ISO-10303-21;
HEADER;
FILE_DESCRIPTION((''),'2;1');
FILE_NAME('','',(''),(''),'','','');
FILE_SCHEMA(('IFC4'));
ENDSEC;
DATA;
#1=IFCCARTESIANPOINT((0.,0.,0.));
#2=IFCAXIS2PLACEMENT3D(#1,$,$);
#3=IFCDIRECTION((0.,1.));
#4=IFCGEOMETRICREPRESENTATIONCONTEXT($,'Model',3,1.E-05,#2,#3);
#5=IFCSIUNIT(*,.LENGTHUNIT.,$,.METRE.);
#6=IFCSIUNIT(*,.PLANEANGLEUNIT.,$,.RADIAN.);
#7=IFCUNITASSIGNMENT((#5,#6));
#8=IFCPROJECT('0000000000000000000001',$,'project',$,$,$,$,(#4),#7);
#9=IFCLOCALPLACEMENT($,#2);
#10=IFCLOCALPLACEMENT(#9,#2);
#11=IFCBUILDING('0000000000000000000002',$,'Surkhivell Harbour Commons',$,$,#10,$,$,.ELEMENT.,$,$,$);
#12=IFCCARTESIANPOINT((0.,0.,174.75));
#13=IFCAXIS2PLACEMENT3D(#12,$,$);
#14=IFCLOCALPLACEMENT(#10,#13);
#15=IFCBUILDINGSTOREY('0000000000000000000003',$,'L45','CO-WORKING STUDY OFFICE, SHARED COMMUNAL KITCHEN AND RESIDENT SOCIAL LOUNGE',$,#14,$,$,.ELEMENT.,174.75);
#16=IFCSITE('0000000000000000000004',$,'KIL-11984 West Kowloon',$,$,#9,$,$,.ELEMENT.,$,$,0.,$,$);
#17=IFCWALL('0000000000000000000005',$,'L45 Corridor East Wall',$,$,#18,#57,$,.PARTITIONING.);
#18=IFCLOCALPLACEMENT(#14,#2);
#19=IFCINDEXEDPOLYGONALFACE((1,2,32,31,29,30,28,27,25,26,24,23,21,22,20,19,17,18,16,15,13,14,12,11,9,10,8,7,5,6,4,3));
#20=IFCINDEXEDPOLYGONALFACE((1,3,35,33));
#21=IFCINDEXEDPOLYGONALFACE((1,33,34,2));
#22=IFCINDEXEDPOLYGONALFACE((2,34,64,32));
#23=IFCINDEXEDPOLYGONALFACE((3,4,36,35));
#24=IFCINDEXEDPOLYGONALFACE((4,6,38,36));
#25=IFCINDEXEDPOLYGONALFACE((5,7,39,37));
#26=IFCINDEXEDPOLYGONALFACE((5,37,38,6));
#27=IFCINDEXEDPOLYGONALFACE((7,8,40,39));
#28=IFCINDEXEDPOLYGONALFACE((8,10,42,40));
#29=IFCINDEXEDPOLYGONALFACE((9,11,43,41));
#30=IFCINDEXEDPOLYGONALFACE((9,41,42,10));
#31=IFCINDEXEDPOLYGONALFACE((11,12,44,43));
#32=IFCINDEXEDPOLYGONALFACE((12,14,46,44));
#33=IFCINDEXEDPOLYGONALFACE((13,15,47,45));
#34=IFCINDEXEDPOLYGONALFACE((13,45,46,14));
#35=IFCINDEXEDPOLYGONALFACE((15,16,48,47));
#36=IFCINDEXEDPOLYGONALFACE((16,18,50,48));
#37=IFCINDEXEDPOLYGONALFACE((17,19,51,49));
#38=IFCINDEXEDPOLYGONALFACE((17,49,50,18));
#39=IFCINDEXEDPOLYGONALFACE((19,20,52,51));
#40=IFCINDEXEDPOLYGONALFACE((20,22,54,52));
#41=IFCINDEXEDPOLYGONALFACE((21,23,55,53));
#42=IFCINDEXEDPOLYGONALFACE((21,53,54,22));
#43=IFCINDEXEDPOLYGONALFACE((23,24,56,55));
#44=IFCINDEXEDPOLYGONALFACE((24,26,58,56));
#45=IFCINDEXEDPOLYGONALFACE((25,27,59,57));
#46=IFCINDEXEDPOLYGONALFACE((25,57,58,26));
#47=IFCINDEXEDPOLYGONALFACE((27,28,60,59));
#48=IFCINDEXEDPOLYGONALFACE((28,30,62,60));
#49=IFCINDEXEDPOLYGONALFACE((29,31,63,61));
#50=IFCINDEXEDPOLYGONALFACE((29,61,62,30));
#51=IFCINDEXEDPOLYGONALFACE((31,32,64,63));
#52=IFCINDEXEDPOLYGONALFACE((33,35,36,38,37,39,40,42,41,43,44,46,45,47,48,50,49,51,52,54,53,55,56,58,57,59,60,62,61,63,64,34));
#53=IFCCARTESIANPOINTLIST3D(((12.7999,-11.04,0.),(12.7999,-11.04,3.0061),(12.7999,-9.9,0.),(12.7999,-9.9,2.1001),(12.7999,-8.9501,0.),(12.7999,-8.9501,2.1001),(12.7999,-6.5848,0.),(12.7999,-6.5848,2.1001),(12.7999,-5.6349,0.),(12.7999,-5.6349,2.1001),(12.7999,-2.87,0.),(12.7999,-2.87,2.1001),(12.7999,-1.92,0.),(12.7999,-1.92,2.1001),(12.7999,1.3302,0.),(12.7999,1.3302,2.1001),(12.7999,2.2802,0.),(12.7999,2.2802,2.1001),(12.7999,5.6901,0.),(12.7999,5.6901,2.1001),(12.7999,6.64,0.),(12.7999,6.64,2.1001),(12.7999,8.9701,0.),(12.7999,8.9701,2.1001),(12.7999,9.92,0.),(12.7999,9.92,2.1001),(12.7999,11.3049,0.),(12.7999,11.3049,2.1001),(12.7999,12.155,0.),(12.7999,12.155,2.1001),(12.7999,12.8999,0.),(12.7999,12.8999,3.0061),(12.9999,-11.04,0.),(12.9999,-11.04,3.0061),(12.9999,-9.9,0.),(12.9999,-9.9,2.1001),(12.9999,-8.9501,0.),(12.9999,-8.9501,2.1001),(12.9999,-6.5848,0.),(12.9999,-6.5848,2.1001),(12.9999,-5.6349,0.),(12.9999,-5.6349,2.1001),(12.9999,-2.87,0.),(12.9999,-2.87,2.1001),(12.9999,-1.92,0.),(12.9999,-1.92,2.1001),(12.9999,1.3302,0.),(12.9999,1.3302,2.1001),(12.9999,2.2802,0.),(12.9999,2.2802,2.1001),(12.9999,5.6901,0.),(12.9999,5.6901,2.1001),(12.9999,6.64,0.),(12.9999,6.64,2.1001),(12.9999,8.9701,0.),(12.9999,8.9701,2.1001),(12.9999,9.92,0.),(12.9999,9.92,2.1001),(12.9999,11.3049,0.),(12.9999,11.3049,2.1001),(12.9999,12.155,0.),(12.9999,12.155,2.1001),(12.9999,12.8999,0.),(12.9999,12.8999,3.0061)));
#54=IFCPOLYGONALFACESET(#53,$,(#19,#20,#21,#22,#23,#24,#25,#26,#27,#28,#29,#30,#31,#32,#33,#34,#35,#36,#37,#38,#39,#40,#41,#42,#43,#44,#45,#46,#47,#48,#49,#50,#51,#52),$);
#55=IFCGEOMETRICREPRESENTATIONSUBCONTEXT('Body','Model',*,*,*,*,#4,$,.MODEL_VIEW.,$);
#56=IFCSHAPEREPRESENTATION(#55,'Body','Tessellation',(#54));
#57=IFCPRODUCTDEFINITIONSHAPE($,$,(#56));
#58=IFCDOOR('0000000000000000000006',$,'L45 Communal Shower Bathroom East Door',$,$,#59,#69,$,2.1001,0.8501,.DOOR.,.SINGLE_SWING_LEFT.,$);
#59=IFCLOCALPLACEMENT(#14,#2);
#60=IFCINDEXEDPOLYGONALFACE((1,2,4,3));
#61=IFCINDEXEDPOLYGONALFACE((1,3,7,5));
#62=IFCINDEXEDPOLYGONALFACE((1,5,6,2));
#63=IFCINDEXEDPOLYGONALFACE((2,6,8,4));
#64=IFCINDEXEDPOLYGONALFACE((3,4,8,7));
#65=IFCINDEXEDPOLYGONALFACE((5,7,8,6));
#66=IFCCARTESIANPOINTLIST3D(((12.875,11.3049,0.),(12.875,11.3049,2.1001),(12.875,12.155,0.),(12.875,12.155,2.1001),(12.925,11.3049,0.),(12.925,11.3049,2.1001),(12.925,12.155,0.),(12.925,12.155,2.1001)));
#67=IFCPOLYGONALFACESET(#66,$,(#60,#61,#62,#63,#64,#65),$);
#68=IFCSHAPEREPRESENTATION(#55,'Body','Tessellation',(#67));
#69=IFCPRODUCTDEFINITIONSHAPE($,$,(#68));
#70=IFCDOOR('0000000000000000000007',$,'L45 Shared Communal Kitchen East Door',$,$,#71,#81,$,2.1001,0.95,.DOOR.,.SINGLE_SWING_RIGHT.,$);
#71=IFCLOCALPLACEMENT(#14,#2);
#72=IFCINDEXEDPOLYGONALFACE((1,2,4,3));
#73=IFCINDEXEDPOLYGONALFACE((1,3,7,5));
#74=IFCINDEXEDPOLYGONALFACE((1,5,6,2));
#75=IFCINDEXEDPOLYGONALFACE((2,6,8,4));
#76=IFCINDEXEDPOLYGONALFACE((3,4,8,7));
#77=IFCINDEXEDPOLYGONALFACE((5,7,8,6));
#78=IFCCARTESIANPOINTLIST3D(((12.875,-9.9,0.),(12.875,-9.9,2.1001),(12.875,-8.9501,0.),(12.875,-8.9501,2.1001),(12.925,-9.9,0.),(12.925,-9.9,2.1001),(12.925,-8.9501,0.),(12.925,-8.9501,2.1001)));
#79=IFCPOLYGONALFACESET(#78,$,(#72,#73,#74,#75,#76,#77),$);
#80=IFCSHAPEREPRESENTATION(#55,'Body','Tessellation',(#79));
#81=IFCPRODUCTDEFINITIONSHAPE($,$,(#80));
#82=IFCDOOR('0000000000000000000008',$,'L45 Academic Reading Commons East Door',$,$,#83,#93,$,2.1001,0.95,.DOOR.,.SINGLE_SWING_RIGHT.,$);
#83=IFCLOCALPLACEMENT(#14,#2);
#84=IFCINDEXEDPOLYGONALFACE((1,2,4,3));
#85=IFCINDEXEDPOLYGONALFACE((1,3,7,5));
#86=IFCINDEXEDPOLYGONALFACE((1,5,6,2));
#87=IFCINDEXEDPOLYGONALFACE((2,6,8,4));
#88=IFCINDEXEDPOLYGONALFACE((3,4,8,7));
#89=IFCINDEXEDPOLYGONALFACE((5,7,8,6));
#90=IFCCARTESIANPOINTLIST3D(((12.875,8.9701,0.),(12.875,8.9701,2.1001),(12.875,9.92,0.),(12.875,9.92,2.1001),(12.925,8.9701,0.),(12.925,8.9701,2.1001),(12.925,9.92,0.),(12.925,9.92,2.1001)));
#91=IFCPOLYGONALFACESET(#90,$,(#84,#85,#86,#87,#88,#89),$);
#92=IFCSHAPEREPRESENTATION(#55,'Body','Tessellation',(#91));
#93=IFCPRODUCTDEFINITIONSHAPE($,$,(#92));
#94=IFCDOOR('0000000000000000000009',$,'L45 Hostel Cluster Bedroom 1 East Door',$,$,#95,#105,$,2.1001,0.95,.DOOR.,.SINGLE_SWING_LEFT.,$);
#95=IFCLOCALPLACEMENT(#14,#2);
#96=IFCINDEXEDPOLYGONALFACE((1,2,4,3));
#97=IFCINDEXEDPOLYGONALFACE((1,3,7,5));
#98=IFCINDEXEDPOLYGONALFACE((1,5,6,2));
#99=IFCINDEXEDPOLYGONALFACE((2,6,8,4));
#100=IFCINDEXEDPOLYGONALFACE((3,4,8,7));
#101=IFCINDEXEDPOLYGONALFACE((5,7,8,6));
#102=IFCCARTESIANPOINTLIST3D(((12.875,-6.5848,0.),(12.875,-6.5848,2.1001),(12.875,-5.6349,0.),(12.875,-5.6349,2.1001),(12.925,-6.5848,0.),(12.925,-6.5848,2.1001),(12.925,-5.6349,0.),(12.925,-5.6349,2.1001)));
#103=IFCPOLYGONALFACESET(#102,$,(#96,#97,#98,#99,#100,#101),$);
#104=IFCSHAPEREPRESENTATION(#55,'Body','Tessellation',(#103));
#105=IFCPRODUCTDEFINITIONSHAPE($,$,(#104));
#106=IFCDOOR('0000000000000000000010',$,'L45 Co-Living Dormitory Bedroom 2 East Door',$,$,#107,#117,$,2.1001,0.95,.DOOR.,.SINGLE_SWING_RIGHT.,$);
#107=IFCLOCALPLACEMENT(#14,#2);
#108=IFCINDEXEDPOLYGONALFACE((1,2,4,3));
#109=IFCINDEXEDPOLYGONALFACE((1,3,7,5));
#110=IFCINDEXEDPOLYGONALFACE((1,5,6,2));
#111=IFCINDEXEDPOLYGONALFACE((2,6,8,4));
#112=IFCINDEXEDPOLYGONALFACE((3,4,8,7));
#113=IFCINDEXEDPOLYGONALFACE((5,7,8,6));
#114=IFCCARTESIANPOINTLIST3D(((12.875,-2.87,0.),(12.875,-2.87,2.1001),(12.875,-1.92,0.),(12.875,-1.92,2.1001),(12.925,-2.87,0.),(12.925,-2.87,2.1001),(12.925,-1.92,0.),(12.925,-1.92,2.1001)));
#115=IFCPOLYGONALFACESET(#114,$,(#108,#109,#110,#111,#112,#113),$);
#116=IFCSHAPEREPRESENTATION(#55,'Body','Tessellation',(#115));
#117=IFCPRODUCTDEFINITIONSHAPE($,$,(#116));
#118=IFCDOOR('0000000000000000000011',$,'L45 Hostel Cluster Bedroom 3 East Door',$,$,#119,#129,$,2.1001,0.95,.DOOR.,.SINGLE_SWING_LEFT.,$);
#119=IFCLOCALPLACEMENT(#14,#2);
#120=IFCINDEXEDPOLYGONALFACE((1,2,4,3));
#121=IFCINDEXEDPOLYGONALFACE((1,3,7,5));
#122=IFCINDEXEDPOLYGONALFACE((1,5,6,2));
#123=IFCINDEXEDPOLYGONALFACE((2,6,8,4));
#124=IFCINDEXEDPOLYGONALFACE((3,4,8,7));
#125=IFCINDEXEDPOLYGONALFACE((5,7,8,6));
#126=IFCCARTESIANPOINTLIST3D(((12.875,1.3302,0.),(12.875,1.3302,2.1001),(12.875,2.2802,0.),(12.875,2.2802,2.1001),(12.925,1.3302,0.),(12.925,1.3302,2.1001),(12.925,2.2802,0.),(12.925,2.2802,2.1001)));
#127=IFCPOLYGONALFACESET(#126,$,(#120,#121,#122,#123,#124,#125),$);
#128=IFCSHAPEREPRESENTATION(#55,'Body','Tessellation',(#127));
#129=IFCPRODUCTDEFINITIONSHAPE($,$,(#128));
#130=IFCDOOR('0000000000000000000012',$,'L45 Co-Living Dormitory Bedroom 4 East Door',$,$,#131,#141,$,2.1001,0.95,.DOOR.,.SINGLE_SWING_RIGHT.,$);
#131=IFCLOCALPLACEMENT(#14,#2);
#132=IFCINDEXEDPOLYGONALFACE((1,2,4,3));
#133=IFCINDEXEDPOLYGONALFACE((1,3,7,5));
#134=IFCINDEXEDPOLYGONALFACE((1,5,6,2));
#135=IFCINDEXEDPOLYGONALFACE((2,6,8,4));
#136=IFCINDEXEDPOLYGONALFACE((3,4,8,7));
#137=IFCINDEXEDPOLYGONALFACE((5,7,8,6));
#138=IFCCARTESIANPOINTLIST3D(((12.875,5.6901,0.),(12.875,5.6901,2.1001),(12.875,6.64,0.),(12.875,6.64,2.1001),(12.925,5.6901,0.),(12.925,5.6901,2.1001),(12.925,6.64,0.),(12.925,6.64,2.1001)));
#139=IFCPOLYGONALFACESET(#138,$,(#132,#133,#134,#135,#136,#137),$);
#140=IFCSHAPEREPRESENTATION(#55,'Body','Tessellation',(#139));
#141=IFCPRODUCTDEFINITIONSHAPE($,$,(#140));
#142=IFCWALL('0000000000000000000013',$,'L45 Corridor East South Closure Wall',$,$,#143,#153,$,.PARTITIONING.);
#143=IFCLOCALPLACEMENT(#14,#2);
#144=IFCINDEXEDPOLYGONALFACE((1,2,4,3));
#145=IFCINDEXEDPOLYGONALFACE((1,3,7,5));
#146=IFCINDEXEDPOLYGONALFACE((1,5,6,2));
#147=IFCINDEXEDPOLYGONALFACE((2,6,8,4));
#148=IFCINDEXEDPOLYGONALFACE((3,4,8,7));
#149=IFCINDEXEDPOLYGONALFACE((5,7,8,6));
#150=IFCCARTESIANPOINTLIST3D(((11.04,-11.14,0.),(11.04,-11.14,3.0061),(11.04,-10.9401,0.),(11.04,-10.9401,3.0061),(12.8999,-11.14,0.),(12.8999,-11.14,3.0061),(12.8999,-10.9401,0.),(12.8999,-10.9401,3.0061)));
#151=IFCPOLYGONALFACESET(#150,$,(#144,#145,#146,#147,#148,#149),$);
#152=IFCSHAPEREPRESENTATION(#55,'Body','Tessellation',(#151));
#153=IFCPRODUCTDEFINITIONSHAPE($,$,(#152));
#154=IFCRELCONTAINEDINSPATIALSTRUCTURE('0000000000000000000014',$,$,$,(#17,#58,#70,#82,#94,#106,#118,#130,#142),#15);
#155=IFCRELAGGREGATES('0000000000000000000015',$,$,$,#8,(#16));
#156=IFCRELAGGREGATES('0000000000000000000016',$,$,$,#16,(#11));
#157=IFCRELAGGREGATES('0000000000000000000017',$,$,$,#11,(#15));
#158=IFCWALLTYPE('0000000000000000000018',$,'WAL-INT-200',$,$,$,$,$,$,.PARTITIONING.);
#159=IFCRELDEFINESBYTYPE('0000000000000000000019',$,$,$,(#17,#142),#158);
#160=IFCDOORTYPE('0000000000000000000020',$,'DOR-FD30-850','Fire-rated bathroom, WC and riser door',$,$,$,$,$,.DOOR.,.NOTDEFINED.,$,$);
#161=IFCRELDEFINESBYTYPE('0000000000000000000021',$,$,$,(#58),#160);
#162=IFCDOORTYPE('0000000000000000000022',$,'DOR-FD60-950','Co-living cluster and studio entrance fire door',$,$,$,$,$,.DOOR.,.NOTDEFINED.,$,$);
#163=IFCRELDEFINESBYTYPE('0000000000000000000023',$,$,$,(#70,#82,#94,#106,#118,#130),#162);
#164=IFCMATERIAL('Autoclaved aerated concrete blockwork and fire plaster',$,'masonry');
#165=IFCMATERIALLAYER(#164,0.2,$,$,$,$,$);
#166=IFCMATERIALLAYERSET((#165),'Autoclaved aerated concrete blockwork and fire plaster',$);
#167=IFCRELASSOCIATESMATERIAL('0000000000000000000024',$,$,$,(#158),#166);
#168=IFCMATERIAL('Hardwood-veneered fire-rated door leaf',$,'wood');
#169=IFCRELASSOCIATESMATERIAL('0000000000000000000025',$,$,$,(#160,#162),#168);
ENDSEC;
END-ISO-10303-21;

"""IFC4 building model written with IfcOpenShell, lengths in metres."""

from ifc_helpers import new_model, si_unit, direction, frame, frame_2d, origin, place, context, subcontext, project, spatial, rectangle, extrude, material, layer, layer_set, type_object, element, fill, save


model = new_model("IFC4")

# Units and contexts
model_context = context("Model", 3, precision=1e-05, world=origin(), true_north=direction((0.0, 1.0)))
body_context = subcontext(model_context, "Body", "Model", "MODEL_VIEW")
ifc_project = project(units=[si_unit("LENGTHUNIT", "METRE"), si_unit("PLANEANGLEUNIT", "RADIAN")], contexts=[model_context])

# Site, building, storey
site_placement = place(None, origin())
site = spatial("IfcSite", under=ifc_project, at=site_placement, Name="KIL-11984 West Kowloon", CompositionType="ELEMENT", RefElevation=0.0)
building_placement = place(site_placement, origin())
building = spatial("IfcBuilding", under=site, at=building_placement, Name="Surkhivell Harbour Commons", CompositionType="ELEMENT")
storey_placement = place(building_placement, frame((0.0, 0.0, 174.75)))
storey = spatial("IfcBuildingStorey", under=building, at=storey_placement, Name="L45", Description="CO-WORKING STUDY OFFICE, SHARED COMMUNAL KITCHEN AND RESIDENT SOCIAL LOUNGE", CompositionType="ELEMENT", Elevation=174.75)

# Wall, openings, doors
ifc_material_1 = material(Name="Autoclaved aerated concrete blockwork and fire plaster", Category="masonry")
ifc_layer_1 = layer(ifc_material_1, 0.2)
ifc_layer_set_1 = layer_set([ifc_layer_1], Name="Autoclaved aerated concrete blockwork and fire plaster")
wall_type_1 = type_object("IfcWallType", Name="WAL-INT-200", PredefinedType="PARTITIONING", material=ifc_layer_set_1)
wall_1_placement = place(storey_placement, frame((12.8999, -11.04, 0.0), z_axis=(0.0, 0.0, 1.0), x_axis=(0.0, 1.0, 0.0)))
wall_1 = element("IfcWall", 1, at=wall_1_placement, inside=storey, type_object=wall_type_1, Name="L45 Corridor East Wall", PredefinedType="PARTITIONING", context=body_context, shape_type="SweptSolid", body=[
    extrude(rectangle(XDim=23.9399, YDim=0.2, at=frame_2d((11.97, 0.0))), origin(), (0.0, 0.0, 1.0), 3.0061),
])
opening_1_placement = place(wall_1_placement, frame((1.1399, 0.0, 0.0)))
opening_1 = element("IfcOpeningElement", 2, at=opening_1_placement, cuts=wall_1, PredefinedType="OPENING", context=body_context, shape_type="SweptSolid", body=[
    extrude(rectangle(XDim=0.95, YDim=2.1001, at=frame_2d((0.4751, 1.05))), frame((0.0, 0.1099, 0.0), z_axis=(0.0, -1.0, 0.0), x_axis=(1.0, 0.0, 0.0)), (0.0, 0.0, 1.0), 0.22),
])
opening_2_placement = place(wall_1_placement, frame((22.345, 0.0, 0.0)))
opening_2 = element("IfcOpeningElement", 3, at=opening_2_placement, cuts=wall_1, PredefinedType="OPENING", context=body_context, shape_type="SweptSolid", body=[
    extrude(rectangle(XDim=0.8501, YDim=2.1001, at=frame_2d((0.425, 1.05))), frame((0.0, 0.1099, 0.0), z_axis=(0.0, -1.0, 0.0), x_axis=(1.0, 0.0, 0.0)), (0.0, 0.0, 1.0), 0.22),
])
opening_3_placement = place(wall_1_placement, frame((20.01, 0.0, 0.0)))
opening_3 = element("IfcOpeningElement", 4, at=opening_3_placement, cuts=wall_1, PredefinedType="OPENING", context=body_context, shape_type="SweptSolid", body=[
    extrude(rectangle(XDim=0.95, YDim=2.1001, at=frame_2d((0.4751, 1.05))), frame((0.0, 0.1099, 0.0), z_axis=(0.0, -1.0, 0.0), x_axis=(1.0, 0.0, 0.0)), (0.0, 0.0, 1.0), 0.22),
])
opening_4_placement = place(wall_1_placement, frame((4.4551, 0.0, 0.0)))
opening_4 = element("IfcOpeningElement", 5, at=opening_4_placement, cuts=wall_1, PredefinedType="OPENING", context=body_context, shape_type="SweptSolid", body=[
    extrude(rectangle(XDim=0.95, YDim=2.1001, at=frame_2d((0.4751, 1.05))), frame((0.0, 0.1099, 0.0), z_axis=(0.0, -1.0, 0.0), x_axis=(1.0, 0.0, 0.0)), (0.0, 0.0, 1.0), 0.22),
])
opening_5_placement = place(wall_1_placement, frame((8.1699, 0.0, 0.0)))
opening_5 = element("IfcOpeningElement", 6, at=opening_5_placement, cuts=wall_1, PredefinedType="OPENING", context=body_context, shape_type="SweptSolid", body=[
    extrude(rectangle(XDim=0.95, YDim=2.1001, at=frame_2d((0.4751, 1.05))), frame((0.0, 0.1099, 0.0), z_axis=(0.0, -1.0, 0.0), x_axis=(1.0, 0.0, 0.0)), (0.0, 0.0, 1.0), 0.22),
])
opening_6_placement = place(wall_1_placement, frame((12.3701, 0.0, 0.0)))
opening_6 = element("IfcOpeningElement", 7, at=opening_6_placement, cuts=wall_1, PredefinedType="OPENING", context=body_context, shape_type="SweptSolid", body=[
    extrude(rectangle(XDim=0.95, YDim=2.1001, at=frame_2d((0.4751, 1.05))), frame((0.0, 0.1099, 0.0), z_axis=(0.0, -1.0, 0.0), x_axis=(1.0, 0.0, 0.0)), (0.0, 0.0, 1.0), 0.22),
])
opening_7_placement = place(wall_1_placement, frame((16.73, 0.0, 0.0)))
opening_7 = element("IfcOpeningElement", 8, at=opening_7_placement, cuts=wall_1, PredefinedType="OPENING", context=body_context, shape_type="SweptSolid", body=[
    extrude(rectangle(XDim=0.95, YDim=2.1001, at=frame_2d((0.4751, 1.05))), frame((0.0, 0.1099, 0.0), z_axis=(0.0, -1.0, 0.0), x_axis=(1.0, 0.0, 0.0)), (0.0, 0.0, 1.0), 0.22),
])
ifc_material_2 = material(Name="Hardwood-veneered fire-rated door leaf", Category="wood")
door_type_1 = type_object("IfcDoorType", Name="DOR-FD30-850", Description="Fire-rated bathroom, WC and riser door", OperationType="NOTDEFINED", PredefinedType="DOOR", material=ifc_material_2)
door_1_placement = place(opening_2_placement, origin())
door_1 = element("IfcDoor", 9, at=door_1_placement, inside=storey, type_object=door_type_1, Name="L45 Communal Shower Bathroom East Door", OperationType="SINGLE_SWING_LEFT", OverallHeight=2.1001, OverallWidth=0.8501, PredefinedType="DOOR", context=body_context, shape_type="SweptSolid", body=[
    extrude(rectangle(XDim=0.8501, YDim=2.1001, at=frame_2d((0.425, 1.05))), frame((0.0, 0.0249, 0.0), z_axis=(0.0, -1.0, 0.0), x_axis=(1.0, 0.0, 0.0)), (0.0, 0.0, 1.0), 0.05),
])
fill(opening_2, door_1)
door_type_2 = type_object("IfcDoorType", Name="DOR-FD60-950", Description="Co-living cluster and studio entrance fire door", OperationType="NOTDEFINED", PredefinedType="DOOR", material=ifc_material_2)
door_2_placement = place(opening_1_placement, origin())
door_2 = element("IfcDoor", 10, at=door_2_placement, inside=storey, type_object=door_type_2, Name="L45 Shared Communal Kitchen East Door", OperationType="SINGLE_SWING_RIGHT", OverallHeight=2.1001, OverallWidth=0.95, PredefinedType="DOOR", context=body_context, shape_type="SweptSolid", body=[
    extrude(rectangle(XDim=0.95, YDim=2.1001, at=frame_2d((0.4751, 1.05))), frame((0.0, 0.0249, 0.0), z_axis=(0.0, -1.0, 0.0), x_axis=(1.0, 0.0, 0.0)), (0.0, 0.0, 1.0), 0.05),
])
fill(opening_1, door_2)
door_3_placement = place(opening_3_placement, origin())
door_3 = element("IfcDoor", 11, at=door_3_placement, inside=storey, type_object=door_type_2, Name="L45 Academic Reading Commons East Door", OperationType="SINGLE_SWING_RIGHT", OverallHeight=2.1001, OverallWidth=0.95, PredefinedType="DOOR", context=body_context, shape_type="SweptSolid", body=[
    extrude(rectangle(XDim=0.95, YDim=2.1001, at=frame_2d((0.4751, 1.05))), frame((0.0, 0.0249, 0.0), z_axis=(0.0, -1.0, 0.0), x_axis=(1.0, 0.0, 0.0)), (0.0, 0.0, 1.0), 0.05),
])
fill(opening_3, door_3)
door_4_placement = place(opening_4_placement, origin())
door_4 = element("IfcDoor", 12, at=door_4_placement, inside=storey, type_object=door_type_2, Name="L45 Hostel Cluster Bedroom 1 East Door", OperationType="SINGLE_SWING_LEFT", OverallHeight=2.1001, OverallWidth=0.95, PredefinedType="DOOR", context=body_context, shape_type="SweptSolid", body=[
    extrude(rectangle(XDim=0.95, YDim=2.1001, at=frame_2d((0.4751, 1.05))), frame((0.0, 0.0249, 0.0), z_axis=(0.0, -1.0, 0.0), x_axis=(1.0, 0.0, 0.0)), (0.0, 0.0, 1.0), 0.05),
])
fill(opening_4, door_4)
door_5_placement = place(opening_5_placement, origin())
door_5 = element("IfcDoor", 13, at=door_5_placement, inside=storey, type_object=door_type_2, Name="L45 Co-Living Dormitory Bedroom 2 East Door", OperationType="SINGLE_SWING_RIGHT", OverallHeight=2.1001, OverallWidth=0.95, PredefinedType="DOOR", context=body_context, shape_type="SweptSolid", body=[
    extrude(rectangle(XDim=0.95, YDim=2.1001, at=frame_2d((0.4751, 1.05))), frame((0.0, 0.0249, 0.0), z_axis=(0.0, -1.0, 0.0), x_axis=(1.0, 0.0, 0.0)), (0.0, 0.0, 1.0), 0.05),
])
fill(opening_5, door_5)
door_6_placement = place(opening_6_placement, origin())
door_6 = element("IfcDoor", 14, at=door_6_placement, inside=storey, type_object=door_type_2, Name="L45 Hostel Cluster Bedroom 3 East Door", OperationType="SINGLE_SWING_LEFT", OverallHeight=2.1001, OverallWidth=0.95, PredefinedType="DOOR", context=body_context, shape_type="SweptSolid", body=[
    extrude(rectangle(XDim=0.95, YDim=2.1001, at=frame_2d((0.4751, 1.05))), frame((0.0, 0.0249, 0.0), z_axis=(0.0, -1.0, 0.0), x_axis=(1.0, 0.0, 0.0)), (0.0, 0.0, 1.0), 0.05),
])
fill(opening_6, door_6)
door_7_placement = place(opening_7_placement, origin())
door_7 = element("IfcDoor", 15, at=door_7_placement, inside=storey, type_object=door_type_2, Name="L45 Co-Living Dormitory Bedroom 4 East Door", OperationType="SINGLE_SWING_RIGHT", OverallHeight=2.1001, OverallWidth=0.95, PredefinedType="DOOR", context=body_context, shape_type="SweptSolid", body=[
    extrude(rectangle(XDim=0.95, YDim=2.1001, at=frame_2d((0.4751, 1.05))), frame((0.0, 0.0249, 0.0), z_axis=(0.0, -1.0, 0.0), x_axis=(1.0, 0.0, 0.0)), (0.0, 0.0, 1.0), 0.05),
])
fill(opening_7, door_7)

# Wall
wall_2_placement = place(storey_placement, frame((11.04, -11.04, 0.0), z_axis=(0.0, 0.0, 1.0), x_axis=(1.0, 0.0, 0.0)))
element("IfcWall", 16, at=wall_2_placement, inside=storey, type_object=wall_type_1, Name="L45 Corridor East South Closure Wall", PredefinedType="PARTITIONING", context=body_context, shape_type="SweptSolid", body=[
    extrude(rectangle(XDim=1.8599, YDim=0.2, at=frame_2d((0.9299, 0.0))), origin(), (0.0, 0.0, 1.0), 3.0061),
])

save(model, "model.ifc")
